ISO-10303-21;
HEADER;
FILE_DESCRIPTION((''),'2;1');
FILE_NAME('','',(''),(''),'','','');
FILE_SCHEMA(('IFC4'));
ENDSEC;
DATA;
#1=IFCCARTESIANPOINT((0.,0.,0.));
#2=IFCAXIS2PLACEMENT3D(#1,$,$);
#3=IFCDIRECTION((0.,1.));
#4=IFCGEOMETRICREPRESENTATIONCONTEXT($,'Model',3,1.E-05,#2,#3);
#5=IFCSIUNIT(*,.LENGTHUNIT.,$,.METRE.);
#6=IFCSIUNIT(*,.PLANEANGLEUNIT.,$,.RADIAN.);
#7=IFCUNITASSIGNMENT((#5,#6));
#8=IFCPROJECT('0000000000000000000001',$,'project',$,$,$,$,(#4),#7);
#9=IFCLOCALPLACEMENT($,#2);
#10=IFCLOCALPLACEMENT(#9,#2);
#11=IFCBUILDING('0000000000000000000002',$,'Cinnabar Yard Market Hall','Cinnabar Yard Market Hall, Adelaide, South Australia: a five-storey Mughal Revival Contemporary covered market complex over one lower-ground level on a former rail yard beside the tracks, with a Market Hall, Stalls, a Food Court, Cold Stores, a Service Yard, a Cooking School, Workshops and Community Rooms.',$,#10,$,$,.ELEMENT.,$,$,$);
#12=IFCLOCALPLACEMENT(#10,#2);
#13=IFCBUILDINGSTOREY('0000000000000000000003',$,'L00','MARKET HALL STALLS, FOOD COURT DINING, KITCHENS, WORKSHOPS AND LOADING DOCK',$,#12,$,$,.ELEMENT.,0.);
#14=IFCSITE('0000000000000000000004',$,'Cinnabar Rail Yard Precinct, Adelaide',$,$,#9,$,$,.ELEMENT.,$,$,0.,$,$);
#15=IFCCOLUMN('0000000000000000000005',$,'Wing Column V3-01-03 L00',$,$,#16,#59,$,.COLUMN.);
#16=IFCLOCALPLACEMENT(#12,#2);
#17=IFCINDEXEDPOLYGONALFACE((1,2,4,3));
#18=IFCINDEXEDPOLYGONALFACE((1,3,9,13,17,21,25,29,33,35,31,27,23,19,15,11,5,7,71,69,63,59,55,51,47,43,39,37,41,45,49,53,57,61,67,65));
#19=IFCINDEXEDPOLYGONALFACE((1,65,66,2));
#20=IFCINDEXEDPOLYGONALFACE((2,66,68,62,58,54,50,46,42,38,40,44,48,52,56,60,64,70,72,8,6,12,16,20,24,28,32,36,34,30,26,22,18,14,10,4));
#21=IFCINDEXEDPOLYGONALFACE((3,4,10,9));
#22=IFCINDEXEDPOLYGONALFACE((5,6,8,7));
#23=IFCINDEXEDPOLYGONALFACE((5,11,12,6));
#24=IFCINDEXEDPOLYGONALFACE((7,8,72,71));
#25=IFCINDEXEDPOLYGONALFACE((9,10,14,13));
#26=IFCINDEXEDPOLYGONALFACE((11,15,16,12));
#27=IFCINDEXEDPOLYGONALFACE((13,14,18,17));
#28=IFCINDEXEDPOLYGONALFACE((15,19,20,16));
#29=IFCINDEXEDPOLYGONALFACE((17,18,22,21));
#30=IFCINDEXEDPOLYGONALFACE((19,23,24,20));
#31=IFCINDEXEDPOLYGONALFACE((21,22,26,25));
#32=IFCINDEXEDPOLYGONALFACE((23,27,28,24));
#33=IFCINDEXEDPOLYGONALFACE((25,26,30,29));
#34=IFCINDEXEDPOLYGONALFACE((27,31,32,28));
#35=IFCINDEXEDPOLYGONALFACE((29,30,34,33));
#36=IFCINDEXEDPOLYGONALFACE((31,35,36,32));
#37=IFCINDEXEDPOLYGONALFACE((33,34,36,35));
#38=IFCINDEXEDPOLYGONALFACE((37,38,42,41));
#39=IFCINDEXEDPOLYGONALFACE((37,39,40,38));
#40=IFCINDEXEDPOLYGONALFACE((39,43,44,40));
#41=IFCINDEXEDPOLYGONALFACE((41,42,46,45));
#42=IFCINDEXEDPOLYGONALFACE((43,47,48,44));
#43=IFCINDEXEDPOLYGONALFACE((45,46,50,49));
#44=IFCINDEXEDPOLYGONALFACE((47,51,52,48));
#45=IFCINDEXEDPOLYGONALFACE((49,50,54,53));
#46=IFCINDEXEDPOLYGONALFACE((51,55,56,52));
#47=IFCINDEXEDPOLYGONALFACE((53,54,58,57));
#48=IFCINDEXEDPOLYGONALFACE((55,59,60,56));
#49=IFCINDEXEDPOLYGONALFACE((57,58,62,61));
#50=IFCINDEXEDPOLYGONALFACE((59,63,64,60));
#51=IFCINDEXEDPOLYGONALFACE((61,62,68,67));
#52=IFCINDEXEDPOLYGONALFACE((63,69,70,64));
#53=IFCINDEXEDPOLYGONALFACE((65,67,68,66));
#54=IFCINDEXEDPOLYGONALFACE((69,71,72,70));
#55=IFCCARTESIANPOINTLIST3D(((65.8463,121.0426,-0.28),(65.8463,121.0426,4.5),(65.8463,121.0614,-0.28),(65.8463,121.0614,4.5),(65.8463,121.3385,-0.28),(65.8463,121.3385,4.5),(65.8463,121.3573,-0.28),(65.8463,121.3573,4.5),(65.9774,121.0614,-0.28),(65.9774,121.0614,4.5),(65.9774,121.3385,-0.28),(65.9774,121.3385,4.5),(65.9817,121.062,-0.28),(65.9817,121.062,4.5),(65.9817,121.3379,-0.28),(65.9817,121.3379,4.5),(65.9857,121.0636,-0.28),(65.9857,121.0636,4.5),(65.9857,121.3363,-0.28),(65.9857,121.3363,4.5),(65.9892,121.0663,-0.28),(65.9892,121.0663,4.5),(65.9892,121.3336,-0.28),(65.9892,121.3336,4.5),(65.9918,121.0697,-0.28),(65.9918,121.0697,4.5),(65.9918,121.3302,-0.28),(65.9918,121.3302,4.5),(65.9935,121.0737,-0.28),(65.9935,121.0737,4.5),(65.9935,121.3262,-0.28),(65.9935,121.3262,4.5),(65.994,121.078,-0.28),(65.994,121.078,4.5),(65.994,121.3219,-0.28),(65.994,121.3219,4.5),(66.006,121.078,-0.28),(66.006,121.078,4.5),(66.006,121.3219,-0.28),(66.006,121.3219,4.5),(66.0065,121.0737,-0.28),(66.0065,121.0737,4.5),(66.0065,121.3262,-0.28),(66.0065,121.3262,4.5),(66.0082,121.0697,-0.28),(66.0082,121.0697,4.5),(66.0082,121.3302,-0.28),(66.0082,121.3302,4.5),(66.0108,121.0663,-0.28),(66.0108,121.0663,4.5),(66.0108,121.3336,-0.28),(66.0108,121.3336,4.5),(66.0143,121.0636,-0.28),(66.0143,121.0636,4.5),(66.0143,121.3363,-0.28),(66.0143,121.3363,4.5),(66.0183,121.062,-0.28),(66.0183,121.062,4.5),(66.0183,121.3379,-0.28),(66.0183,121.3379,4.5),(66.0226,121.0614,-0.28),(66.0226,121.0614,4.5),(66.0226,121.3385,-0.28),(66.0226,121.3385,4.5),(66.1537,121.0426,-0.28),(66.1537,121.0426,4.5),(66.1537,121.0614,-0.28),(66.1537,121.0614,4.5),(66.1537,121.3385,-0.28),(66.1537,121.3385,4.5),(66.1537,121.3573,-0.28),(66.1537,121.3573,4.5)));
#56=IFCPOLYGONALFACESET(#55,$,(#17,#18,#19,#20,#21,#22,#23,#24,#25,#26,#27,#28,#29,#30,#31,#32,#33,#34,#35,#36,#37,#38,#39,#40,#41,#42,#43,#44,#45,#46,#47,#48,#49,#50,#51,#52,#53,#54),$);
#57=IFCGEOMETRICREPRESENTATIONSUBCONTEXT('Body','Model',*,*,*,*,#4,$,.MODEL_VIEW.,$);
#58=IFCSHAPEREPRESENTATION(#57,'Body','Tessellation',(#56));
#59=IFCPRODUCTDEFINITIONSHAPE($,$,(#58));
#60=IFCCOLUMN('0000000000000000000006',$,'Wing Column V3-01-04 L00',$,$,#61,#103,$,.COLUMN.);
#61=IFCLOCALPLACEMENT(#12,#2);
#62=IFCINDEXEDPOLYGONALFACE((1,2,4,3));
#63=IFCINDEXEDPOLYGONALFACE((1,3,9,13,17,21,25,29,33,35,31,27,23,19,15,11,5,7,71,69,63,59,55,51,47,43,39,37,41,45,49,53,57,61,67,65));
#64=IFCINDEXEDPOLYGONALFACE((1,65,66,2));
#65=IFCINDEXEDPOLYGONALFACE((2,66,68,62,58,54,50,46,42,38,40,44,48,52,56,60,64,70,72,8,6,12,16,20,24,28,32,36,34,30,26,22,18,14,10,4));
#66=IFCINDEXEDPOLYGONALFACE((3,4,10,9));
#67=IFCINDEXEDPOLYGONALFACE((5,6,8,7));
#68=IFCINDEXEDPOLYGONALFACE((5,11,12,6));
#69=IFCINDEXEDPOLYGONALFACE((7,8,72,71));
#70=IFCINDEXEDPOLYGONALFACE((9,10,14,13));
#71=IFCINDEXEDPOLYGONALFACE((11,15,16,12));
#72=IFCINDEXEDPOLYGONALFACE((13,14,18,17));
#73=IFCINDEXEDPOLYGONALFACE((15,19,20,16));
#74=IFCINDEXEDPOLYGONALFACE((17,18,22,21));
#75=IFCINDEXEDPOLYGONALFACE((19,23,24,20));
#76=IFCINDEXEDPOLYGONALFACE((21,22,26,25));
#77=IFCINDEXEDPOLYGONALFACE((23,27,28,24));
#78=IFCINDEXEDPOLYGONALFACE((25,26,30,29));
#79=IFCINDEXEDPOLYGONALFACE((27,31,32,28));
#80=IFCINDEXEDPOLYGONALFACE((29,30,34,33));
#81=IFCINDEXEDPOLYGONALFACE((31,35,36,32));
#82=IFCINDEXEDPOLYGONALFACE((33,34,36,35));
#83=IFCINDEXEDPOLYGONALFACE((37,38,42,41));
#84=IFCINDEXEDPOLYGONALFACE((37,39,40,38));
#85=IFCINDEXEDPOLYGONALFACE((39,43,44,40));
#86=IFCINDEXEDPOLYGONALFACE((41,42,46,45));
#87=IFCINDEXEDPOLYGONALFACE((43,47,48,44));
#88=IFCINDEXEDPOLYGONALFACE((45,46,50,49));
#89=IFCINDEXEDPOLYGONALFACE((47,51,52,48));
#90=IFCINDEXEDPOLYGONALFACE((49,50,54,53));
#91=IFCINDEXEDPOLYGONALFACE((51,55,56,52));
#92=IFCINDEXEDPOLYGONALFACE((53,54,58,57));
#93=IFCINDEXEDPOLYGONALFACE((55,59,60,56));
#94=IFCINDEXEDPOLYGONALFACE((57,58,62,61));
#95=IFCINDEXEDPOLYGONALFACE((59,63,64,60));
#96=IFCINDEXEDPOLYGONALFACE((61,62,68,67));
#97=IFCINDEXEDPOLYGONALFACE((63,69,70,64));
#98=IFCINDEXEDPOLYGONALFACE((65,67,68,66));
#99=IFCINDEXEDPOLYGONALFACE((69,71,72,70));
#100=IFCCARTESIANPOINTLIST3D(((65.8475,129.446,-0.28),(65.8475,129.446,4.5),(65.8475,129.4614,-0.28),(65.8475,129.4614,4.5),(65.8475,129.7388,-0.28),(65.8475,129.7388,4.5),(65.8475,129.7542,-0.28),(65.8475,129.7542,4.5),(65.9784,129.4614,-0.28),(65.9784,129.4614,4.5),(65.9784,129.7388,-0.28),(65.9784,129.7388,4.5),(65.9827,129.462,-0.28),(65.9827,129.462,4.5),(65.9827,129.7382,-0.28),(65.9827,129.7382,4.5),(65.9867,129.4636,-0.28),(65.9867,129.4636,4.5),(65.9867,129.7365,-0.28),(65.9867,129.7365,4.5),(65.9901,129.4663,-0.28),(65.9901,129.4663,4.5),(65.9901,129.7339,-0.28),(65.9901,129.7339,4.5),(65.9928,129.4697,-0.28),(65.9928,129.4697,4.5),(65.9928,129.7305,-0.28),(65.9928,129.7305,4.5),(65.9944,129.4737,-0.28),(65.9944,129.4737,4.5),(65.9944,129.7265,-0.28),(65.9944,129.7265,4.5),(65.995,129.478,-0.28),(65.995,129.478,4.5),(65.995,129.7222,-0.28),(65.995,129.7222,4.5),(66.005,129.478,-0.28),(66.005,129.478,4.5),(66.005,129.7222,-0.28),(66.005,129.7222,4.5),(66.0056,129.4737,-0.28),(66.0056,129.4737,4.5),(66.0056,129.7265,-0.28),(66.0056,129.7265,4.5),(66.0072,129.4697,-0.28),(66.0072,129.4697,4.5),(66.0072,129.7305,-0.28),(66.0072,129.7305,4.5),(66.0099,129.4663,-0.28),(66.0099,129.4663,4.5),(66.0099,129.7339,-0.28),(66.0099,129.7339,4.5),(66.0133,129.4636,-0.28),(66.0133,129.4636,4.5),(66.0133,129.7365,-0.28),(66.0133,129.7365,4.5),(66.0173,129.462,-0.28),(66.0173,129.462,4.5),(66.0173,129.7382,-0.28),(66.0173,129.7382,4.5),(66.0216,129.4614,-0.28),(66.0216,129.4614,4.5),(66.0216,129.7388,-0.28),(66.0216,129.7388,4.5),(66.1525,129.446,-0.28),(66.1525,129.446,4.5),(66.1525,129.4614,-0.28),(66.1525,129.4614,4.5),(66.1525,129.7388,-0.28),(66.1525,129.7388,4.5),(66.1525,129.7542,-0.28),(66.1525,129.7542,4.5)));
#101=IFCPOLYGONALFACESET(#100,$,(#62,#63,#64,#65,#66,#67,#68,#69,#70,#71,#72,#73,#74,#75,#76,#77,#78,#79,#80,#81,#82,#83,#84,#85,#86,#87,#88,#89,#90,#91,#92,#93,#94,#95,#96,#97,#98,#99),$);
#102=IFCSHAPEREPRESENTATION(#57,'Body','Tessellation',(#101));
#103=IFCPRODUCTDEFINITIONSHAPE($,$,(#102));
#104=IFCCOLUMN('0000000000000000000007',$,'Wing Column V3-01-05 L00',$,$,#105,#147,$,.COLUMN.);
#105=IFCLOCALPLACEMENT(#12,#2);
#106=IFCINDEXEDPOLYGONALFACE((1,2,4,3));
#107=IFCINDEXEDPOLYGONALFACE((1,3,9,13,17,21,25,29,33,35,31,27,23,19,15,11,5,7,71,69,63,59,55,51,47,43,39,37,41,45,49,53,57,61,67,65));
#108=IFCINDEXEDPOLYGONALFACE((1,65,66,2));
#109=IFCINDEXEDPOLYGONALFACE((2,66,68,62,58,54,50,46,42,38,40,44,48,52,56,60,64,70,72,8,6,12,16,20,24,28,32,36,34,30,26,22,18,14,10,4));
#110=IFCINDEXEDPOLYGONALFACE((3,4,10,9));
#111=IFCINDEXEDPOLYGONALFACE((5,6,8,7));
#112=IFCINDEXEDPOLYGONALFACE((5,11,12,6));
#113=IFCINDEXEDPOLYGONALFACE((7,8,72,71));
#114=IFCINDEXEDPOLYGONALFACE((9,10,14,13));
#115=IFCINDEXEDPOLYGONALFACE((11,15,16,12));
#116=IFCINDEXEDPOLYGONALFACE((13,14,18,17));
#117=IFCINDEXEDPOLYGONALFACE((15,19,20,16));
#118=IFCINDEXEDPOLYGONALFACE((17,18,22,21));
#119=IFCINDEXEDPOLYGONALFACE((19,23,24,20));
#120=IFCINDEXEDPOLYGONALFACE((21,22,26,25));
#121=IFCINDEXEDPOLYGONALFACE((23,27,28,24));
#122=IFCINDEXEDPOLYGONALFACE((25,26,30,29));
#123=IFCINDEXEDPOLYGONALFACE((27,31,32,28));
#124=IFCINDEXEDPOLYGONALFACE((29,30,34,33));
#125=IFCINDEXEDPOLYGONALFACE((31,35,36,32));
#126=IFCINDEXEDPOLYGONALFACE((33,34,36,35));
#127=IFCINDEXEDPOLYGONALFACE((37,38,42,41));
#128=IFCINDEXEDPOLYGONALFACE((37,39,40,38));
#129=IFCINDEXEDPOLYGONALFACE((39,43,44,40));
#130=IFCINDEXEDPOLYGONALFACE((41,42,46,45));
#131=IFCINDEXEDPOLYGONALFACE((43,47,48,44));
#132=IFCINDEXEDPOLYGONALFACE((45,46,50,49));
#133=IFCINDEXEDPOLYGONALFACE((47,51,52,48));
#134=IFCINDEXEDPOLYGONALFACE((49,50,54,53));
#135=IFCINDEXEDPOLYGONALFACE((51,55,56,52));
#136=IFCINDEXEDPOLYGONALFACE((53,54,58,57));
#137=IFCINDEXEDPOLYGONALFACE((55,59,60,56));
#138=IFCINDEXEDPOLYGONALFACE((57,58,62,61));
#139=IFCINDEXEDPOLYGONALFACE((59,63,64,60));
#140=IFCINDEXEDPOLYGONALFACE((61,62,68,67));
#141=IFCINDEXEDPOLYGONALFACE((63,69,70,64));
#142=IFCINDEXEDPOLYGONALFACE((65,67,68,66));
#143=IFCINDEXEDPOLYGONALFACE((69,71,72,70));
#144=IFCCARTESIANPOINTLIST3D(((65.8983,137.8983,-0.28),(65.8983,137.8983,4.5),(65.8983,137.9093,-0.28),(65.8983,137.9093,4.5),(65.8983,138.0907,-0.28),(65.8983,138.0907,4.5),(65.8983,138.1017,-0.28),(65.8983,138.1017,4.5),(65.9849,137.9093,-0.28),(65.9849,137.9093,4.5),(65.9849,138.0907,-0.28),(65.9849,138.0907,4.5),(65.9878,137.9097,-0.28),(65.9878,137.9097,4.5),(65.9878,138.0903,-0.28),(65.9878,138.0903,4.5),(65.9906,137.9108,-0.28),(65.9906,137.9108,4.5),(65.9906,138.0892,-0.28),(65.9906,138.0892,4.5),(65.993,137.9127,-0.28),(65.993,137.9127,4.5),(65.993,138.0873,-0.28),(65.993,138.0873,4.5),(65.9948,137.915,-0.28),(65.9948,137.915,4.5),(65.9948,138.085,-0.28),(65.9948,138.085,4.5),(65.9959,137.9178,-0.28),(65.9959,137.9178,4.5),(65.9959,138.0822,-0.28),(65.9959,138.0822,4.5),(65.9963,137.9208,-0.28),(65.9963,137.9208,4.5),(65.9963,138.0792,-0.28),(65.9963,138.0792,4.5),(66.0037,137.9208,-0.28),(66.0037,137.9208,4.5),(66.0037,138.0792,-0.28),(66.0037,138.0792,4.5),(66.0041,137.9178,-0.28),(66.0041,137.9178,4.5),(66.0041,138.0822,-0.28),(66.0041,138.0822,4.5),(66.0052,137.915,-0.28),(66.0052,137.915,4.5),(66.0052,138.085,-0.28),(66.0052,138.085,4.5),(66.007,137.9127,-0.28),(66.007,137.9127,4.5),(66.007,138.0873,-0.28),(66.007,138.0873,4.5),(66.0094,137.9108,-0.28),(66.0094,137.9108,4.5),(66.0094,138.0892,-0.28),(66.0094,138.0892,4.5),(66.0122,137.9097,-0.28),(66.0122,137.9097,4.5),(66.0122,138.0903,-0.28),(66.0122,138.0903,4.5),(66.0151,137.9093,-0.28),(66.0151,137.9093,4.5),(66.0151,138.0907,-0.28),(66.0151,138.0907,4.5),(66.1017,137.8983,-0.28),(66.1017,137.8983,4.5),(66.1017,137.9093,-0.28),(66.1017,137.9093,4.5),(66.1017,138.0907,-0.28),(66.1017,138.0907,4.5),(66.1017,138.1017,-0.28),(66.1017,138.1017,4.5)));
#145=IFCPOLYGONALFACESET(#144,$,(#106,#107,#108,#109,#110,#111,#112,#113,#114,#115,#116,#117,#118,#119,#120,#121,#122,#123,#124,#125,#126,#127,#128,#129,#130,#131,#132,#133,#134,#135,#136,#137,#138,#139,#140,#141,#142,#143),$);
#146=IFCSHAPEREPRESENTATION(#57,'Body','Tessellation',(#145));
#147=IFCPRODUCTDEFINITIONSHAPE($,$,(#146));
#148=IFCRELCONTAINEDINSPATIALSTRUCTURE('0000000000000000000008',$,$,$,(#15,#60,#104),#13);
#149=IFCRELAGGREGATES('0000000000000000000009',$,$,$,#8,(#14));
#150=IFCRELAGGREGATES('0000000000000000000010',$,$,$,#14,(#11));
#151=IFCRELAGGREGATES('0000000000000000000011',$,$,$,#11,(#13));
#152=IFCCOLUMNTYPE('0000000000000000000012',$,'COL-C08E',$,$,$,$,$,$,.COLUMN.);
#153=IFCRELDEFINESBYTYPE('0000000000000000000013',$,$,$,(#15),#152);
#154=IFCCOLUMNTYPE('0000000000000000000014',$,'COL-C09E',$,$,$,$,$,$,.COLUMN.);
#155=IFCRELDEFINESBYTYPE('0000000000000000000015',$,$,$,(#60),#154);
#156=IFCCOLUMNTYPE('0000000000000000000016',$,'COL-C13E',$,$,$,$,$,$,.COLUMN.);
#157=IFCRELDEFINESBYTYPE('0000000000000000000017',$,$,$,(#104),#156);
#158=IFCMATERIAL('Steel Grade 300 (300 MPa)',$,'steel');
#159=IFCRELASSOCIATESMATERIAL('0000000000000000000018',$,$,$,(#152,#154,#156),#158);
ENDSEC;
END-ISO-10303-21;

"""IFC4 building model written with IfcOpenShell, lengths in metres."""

from ifc_helpers import new_model, si_unit, direction, frame, origin, origin_2d_with_axis, place, context, subcontext, project, spatial, i_section, extrude, material, material_profile, profile_set, type_object, element, save


model = new_model("IFC4")

# Units and contexts
model_context = context("Model", 3, precision=1e-05, world=origin(), true_north=direction((0.0, 1.0)))
body_context = subcontext(model_context, "Body", "Model", "MODEL_VIEW")
ifc_project = project(units=[si_unit("LENGTHUNIT", "METRE"), si_unit("PLANEANGLEUNIT", "RADIAN")], contexts=[model_context])

# Site, building, storey
site_placement = place(None, origin())
site = spatial("IfcSite", under=ifc_project, at=site_placement, Name="Cinnabar Rail Yard Precinct, Adelaide", CompositionType="ELEMENT", RefElevation=0.0)
building_placement = place(site_placement, origin())
building = spatial("IfcBuilding", under=site, at=building_placement, Name="Cinnabar Yard Market Hall", Description="Cinnabar Yard Market Hall, Adelaide, South Australia: a five-storey Mughal Revival Contemporary covered market complex over one lower-ground level on a former rail yard beside the tracks, with a Market Hall, Stalls, a Food Court, Cold Stores, a Service Yard, a Cooking School, Workshops and Community Rooms.", CompositionType="ELEMENT")
storey_placement = place(building_placement, origin())
storey = spatial("IfcBuildingStorey", under=building, at=storey_placement, Name="L00", Description="MARKET HALL STALLS, FOOD COURT DINING, KITCHENS, WORKSHOPS AND LOADING DOCK", CompositionType="ELEMENT", Elevation=0.0)

# Columns
ifc_material_1 = material(Name="Steel Grade 300 (300 MPa)", Category="steel")
ifc_material_profile_1 = material_profile(ifc_material_1, i_section(OverallWidth=0.3074, OverallDepth=0.3147, WebThickness=0.012, FlangeThickness=0.0188, FilletRadius=0.0166, at=origin_2d_with_axis()), Name="310UC118")
ifc_profile_set_1 = profile_set([ifc_material_profile_1], Name="Steel Grade 300 (300 MPa)")
column_type_1 = type_object("IfcColumnType", Name="COL-C08E", PredefinedType="COLUMN", material=ifc_profile_set_1)
column_1_placement = place(storey_placement, frame((66.0, 121.2, -0.28), z_axis=(0.0, 0.0, 1.0), x_axis=(1.0, 0.0, 0.0)))
element("IfcColumn", 1, at=column_1_placement, inside=storey, type_object=column_type_1, Name="Wing Column V3-01-03 L00", PredefinedType="COLUMN", context=body_context, shape_type="SweptSolid", body=[
    extrude(i_section(OverallWidth=0.3074, OverallDepth=0.3147, WebThickness=0.012, FlangeThickness=0.0188, FilletRadius=0.0166, at=origin_2d_with_axis()), origin(), (0.0, 0.0, 1.0), 4.78),
])
ifc_material_profile_2 = material_profile(ifc_material_1, i_section(OverallWidth=0.3049, OverallDepth=0.3081, WebThickness=0.01, FlangeThickness=0.0154, FilletRadius=0.0166, at=origin_2d_with_axis()), Name="310UC96.8")
ifc_profile_set_2 = profile_set([ifc_material_profile_2], Name="Steel Grade 300 (300 MPa)")
column_type_2 = type_object("IfcColumnType", Name="COL-C09E", PredefinedType="COLUMN", material=ifc_profile_set_2)
column_2_placement = place(storey_placement, frame((66.0, 129.6001, -0.28), z_axis=(0.0, 0.0, 1.0), x_axis=(1.0, 0.0, 0.0)))
element("IfcColumn", 2, at=column_2_placement, inside=storey, type_object=column_type_2, Name="Wing Column V3-01-04 L00", PredefinedType="COLUMN", context=body_context, shape_type="SweptSolid", body=[
    extrude(i_section(OverallWidth=0.3049, OverallDepth=0.3081, WebThickness=0.01, FlangeThickness=0.0154, FilletRadius=0.0166, at=origin_2d_with_axis()), origin(), (0.0, 0.0, 1.0), 4.78),
])
ifc_material_profile_3 = material_profile(ifc_material_1, i_section(OverallWidth=0.2034, OverallDepth=0.2034, WebThickness=0.0073, FlangeThickness=0.011, FilletRadius=0.0115, at=origin_2d_with_axis()), Name="200UC46.2")
ifc_profile_set_3 = profile_set([ifc_material_profile_3], Name="Steel Grade 300 (300 MPa)")
column_type_3 = type_object("IfcColumnType", Name="COL-C13E", PredefinedType="COLUMN", material=ifc_profile_set_3)
column_3_placement = place(storey_placement, frame((66.0, 138.0, -0.28), z_axis=(0.0, 0.0, 1.0), x_axis=(1.0, 0.0, 0.0)))
element("IfcColumn", 3, at=column_3_placement, inside=storey, type_object=column_type_3, Name="Wing Column V3-01-05 L00", PredefinedType="COLUMN", context=body_context, shape_type="SweptSolid", body=[
    extrude(i_section(OverallWidth=0.2034, OverallDepth=0.2034, WebThickness=0.0073, FlangeThickness=0.011, FilletRadius=0.0115, at=origin_2d_with_axis()), origin(), (0.0, 0.0, 1.0), 4.78),
])

save(model, "model.ifc")
